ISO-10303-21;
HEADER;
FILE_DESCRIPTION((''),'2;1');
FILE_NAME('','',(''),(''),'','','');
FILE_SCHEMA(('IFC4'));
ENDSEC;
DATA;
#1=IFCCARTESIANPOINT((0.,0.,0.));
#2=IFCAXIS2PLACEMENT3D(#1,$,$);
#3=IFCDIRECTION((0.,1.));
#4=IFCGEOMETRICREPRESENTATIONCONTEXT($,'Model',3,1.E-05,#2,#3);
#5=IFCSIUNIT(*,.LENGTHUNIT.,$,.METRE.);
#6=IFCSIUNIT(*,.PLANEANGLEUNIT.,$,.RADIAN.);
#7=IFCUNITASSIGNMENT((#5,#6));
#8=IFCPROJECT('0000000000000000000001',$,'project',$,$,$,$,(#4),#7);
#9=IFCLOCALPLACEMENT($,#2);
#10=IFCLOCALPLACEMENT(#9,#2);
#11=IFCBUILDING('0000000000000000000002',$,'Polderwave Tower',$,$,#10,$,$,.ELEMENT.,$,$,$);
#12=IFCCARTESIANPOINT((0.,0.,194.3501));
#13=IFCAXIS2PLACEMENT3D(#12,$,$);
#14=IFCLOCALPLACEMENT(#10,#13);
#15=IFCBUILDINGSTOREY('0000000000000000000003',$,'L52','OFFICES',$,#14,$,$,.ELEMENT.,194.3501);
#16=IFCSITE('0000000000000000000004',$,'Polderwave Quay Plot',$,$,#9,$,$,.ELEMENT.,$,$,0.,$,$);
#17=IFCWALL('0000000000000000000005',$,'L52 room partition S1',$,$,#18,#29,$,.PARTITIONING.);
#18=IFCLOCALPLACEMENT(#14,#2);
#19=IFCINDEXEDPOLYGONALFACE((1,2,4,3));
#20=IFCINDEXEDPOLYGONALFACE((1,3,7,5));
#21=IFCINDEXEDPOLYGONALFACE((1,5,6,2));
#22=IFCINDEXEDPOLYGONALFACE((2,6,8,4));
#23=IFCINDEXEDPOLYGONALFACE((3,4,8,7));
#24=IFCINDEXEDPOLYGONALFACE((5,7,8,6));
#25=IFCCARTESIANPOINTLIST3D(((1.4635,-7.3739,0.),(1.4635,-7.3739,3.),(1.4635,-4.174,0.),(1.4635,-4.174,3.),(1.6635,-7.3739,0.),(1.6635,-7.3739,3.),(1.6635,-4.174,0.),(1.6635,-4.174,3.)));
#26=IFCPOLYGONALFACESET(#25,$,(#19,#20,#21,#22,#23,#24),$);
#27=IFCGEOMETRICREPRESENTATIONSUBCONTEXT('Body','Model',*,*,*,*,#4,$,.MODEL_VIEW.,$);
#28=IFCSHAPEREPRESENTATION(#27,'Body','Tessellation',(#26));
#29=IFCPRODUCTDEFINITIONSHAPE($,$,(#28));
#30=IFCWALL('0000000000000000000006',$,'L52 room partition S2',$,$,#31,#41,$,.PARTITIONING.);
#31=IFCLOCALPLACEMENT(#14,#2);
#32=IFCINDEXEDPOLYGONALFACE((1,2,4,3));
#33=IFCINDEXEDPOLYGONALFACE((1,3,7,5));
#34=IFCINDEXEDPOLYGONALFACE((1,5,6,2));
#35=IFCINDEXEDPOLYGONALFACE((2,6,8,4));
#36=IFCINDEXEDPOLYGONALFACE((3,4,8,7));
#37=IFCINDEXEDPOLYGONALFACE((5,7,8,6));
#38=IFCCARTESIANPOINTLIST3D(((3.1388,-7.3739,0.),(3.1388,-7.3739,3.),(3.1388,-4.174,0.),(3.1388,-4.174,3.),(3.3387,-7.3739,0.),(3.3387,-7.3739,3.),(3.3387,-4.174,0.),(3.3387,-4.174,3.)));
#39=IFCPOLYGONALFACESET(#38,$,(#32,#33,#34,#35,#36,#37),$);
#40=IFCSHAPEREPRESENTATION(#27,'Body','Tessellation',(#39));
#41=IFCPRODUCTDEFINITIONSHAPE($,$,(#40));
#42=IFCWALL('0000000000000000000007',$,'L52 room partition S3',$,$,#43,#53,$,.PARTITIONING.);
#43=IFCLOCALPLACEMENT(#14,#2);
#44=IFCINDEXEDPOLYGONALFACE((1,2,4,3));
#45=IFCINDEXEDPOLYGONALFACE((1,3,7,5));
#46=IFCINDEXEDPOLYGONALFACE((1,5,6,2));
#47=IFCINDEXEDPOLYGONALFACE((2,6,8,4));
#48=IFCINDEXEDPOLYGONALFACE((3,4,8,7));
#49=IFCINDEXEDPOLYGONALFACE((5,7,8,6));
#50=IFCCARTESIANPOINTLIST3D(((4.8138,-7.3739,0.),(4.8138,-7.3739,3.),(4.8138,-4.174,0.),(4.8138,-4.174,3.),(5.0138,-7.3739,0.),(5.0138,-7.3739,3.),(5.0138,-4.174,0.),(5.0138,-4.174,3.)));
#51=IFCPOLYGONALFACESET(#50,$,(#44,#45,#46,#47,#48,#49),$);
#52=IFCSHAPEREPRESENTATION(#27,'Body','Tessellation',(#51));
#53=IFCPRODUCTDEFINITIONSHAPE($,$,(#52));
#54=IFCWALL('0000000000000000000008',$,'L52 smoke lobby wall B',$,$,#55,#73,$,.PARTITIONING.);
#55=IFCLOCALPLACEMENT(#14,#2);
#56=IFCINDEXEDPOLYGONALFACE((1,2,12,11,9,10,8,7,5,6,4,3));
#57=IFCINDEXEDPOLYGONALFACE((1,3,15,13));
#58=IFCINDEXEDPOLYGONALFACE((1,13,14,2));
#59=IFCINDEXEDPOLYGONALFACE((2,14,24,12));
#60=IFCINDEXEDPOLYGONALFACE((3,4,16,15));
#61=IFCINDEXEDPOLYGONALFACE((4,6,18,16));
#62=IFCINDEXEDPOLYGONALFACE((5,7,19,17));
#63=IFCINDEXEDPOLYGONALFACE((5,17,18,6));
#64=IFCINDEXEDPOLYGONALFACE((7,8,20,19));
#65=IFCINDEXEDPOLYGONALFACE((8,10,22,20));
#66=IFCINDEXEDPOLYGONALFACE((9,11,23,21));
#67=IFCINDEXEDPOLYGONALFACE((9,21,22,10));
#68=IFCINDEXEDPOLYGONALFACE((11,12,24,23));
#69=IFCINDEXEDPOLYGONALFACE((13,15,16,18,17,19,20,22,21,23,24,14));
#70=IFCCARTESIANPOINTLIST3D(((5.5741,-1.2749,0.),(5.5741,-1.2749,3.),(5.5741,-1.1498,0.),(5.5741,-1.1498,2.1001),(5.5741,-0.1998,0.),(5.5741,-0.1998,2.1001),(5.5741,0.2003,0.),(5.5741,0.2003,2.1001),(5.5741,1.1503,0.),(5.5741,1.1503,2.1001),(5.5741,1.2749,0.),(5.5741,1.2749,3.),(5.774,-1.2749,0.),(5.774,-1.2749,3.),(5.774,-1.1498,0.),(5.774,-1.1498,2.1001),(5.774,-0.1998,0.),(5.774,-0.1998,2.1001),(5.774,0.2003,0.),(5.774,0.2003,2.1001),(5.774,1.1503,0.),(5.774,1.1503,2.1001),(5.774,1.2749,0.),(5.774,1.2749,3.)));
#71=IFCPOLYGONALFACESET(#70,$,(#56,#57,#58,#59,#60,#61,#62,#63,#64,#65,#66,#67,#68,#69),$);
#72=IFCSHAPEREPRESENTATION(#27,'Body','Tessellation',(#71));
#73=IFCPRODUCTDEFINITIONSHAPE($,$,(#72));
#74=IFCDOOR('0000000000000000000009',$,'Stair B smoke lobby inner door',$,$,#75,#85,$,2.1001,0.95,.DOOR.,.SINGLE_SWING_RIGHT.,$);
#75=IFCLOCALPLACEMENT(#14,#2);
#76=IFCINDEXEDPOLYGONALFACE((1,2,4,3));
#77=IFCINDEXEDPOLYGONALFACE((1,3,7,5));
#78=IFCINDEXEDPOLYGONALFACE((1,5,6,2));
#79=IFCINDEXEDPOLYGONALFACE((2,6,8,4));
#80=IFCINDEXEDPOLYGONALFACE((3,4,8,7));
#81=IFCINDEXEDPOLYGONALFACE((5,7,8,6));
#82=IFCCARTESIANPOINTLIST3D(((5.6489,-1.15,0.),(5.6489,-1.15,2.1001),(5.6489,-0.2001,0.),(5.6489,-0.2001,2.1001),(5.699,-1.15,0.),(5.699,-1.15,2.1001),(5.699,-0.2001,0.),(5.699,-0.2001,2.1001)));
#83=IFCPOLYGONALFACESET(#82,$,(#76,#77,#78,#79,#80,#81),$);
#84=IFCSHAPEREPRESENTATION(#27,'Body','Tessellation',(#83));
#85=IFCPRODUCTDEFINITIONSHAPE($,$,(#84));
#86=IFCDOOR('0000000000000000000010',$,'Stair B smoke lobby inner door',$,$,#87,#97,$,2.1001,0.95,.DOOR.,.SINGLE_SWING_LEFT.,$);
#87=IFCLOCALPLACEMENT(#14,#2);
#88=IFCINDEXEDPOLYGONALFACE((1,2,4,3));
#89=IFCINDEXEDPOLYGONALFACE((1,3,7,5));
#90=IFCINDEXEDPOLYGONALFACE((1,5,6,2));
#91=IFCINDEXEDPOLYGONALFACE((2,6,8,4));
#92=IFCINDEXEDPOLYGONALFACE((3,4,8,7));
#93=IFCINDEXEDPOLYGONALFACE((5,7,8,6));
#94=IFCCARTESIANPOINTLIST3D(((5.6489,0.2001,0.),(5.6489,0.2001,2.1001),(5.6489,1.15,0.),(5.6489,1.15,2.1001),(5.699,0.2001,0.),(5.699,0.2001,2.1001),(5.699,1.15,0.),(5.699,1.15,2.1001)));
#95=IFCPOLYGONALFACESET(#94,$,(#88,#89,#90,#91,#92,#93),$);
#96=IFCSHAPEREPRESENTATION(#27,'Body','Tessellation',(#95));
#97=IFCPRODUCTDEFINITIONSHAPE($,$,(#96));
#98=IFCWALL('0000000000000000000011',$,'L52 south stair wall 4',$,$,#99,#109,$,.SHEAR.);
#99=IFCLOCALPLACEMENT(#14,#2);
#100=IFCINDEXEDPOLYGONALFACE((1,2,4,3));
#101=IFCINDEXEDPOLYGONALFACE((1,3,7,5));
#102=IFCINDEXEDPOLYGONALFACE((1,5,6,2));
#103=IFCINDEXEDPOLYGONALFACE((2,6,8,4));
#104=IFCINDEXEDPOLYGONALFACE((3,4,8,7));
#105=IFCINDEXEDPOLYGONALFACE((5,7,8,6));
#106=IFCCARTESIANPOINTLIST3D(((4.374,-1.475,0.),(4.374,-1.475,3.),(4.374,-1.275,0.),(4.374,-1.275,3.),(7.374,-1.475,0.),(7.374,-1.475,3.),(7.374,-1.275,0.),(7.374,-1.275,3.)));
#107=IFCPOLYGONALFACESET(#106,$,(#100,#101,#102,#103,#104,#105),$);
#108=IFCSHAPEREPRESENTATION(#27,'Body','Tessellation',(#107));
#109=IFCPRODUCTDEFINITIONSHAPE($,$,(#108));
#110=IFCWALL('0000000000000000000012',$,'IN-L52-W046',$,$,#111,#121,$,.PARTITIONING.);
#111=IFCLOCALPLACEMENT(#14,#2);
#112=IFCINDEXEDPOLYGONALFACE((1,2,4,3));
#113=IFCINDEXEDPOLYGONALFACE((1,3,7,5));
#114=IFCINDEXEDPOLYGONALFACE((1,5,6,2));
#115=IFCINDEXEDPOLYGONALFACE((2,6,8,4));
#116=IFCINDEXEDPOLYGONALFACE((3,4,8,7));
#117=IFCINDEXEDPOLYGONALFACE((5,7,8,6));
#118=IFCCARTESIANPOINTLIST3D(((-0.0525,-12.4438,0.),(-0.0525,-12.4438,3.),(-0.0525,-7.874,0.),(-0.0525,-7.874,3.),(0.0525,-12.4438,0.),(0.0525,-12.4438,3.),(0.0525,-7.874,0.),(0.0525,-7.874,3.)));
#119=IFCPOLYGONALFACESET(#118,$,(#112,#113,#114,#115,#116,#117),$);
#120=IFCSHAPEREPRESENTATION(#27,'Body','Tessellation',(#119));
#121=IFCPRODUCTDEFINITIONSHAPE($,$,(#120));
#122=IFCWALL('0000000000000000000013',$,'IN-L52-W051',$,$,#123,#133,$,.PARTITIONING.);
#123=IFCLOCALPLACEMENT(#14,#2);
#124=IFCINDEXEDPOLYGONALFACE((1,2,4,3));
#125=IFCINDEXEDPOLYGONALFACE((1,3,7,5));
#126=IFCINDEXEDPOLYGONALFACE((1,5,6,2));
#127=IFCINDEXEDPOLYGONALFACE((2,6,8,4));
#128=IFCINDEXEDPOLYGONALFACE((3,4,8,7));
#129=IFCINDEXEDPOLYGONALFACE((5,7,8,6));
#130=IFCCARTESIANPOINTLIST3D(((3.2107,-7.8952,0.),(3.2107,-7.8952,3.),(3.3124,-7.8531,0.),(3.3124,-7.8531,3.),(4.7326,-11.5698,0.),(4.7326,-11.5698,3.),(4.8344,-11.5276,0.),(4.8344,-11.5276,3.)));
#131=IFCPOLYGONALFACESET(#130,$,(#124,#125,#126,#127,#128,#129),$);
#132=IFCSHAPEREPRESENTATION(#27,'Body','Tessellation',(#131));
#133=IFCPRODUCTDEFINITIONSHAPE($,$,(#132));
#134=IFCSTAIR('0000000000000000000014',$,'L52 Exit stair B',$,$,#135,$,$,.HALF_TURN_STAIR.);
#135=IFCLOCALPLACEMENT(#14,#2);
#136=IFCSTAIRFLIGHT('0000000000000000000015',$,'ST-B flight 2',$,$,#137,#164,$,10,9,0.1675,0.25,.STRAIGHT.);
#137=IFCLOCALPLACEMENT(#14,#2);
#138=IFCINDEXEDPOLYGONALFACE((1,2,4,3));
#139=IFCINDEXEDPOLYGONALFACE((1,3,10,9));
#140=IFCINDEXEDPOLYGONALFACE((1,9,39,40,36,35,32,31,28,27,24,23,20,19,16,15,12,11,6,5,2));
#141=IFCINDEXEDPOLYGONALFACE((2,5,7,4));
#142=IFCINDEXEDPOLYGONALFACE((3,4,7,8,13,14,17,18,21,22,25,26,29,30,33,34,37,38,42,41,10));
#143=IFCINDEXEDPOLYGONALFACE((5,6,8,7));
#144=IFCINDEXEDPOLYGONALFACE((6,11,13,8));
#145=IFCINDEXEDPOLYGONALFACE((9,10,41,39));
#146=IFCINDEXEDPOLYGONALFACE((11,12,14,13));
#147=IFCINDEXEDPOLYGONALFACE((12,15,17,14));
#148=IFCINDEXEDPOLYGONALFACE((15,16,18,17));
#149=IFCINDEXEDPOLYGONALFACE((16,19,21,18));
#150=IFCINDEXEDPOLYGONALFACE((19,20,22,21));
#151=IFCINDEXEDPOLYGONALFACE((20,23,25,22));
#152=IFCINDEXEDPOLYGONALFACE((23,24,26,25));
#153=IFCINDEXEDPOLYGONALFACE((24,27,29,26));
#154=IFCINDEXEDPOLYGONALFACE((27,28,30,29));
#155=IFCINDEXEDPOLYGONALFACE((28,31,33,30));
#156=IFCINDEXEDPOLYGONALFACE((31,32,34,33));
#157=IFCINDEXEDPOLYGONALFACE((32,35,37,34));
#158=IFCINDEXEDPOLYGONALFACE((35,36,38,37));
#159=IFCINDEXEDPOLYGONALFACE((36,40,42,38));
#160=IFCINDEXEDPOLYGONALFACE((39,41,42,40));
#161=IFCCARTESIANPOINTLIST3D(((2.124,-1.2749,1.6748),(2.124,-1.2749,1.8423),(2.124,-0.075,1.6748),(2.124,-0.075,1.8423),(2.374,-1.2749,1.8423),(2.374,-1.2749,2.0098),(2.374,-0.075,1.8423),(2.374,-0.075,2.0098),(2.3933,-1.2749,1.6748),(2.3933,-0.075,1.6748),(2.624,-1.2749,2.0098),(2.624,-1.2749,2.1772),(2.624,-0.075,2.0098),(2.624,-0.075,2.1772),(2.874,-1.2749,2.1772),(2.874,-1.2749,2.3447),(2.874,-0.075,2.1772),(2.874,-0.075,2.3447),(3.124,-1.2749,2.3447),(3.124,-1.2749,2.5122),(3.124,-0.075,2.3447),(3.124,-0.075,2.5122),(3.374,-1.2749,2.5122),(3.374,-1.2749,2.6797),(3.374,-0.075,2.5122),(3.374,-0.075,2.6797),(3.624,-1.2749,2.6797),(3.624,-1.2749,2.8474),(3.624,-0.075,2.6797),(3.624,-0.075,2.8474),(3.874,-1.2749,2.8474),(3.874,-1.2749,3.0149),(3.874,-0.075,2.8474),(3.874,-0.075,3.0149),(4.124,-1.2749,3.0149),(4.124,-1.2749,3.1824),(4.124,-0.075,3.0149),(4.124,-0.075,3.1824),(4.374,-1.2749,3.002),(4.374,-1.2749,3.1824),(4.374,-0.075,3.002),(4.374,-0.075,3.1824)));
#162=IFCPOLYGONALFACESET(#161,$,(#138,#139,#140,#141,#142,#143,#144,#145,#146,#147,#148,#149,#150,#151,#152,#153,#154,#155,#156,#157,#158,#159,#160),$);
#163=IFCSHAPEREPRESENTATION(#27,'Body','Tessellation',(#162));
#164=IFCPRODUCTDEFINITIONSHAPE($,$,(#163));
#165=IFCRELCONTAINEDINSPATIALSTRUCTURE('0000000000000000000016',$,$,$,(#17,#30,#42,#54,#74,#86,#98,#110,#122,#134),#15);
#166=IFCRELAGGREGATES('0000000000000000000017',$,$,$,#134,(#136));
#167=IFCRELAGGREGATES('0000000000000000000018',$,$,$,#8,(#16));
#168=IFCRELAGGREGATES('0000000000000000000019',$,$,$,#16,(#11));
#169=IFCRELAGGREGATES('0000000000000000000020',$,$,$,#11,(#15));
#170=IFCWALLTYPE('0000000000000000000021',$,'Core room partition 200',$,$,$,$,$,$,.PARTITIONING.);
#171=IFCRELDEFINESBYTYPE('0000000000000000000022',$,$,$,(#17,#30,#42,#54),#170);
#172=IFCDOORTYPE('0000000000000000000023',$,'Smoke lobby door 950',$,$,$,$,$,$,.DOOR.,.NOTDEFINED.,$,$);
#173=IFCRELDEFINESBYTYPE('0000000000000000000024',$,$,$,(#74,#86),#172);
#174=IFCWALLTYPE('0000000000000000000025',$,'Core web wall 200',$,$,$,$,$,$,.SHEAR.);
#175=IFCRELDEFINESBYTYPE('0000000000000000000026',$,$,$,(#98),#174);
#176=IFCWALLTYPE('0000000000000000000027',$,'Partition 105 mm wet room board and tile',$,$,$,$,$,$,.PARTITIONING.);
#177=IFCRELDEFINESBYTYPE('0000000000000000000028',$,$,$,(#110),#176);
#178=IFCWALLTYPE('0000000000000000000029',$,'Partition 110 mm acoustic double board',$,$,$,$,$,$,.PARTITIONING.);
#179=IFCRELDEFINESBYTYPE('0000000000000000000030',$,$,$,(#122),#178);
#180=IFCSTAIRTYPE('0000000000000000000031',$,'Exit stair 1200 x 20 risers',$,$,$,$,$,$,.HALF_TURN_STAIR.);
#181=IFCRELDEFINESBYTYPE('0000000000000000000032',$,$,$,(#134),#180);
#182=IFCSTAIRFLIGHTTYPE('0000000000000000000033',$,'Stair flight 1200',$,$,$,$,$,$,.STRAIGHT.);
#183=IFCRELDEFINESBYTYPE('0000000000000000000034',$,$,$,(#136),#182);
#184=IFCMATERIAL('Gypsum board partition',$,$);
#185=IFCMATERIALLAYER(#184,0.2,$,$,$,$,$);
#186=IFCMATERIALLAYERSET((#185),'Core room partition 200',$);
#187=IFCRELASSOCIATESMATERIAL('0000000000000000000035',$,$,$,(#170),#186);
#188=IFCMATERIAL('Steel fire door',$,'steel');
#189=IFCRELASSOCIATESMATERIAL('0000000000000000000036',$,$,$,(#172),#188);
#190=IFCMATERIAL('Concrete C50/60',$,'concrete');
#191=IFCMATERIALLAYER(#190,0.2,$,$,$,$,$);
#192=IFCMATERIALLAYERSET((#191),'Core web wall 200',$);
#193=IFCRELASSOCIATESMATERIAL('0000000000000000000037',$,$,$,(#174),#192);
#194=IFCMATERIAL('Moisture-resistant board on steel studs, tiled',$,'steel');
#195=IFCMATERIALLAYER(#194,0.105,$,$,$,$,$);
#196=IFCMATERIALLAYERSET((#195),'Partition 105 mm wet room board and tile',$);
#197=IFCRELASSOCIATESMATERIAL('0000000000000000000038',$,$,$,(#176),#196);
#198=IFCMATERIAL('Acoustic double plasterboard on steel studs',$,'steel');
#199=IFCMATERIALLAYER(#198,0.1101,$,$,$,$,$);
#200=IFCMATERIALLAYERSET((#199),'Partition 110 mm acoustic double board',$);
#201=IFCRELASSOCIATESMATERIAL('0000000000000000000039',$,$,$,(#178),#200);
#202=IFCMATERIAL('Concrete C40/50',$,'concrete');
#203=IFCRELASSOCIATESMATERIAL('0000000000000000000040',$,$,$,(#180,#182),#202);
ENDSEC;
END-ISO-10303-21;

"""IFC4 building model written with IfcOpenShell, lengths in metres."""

from ifc_helpers import new_model, si_unit, direction, frame, frame_2d, origin, place, context, subcontext, project, spatial, polyline, rectangle, outline, extrude, material, layer, layer_set, type_object, element, fill, aggregate, save


model = new_model("IFC4")

# Units and contexts
model_context = context("Model", 3, precision=1e-05, world=origin(), true_north=direction((0.0, 1.0)))
body_context = subcontext(model_context, "Body", "Model", "MODEL_VIEW")
ifc_project = project(units=[si_unit("LENGTHUNIT", "METRE"), si_unit("PLANEANGLEUNIT", "RADIAN")], contexts=[model_context])

# Site, building, storey
site_placement = place(None, origin())
site = spatial("IfcSite", under=ifc_project, at=site_placement, Name="Polderwave Quay Plot", CompositionType="ELEMENT", RefElevation=0.0)
building_placement = place(site_placement, origin())
building = spatial("IfcBuilding", under=site, at=building_placement, Name="Polderwave Tower", CompositionType="ELEMENT")
storey_placement = place(building_placement, frame((0.0, 0.0, 194.3501)))
storey = spatial("IfcBuildingStorey", under=building, at=storey_placement, Name="L52", Description="OFFICES", CompositionType="ELEMENT", Elevation=194.3501)

# Walls
ifc_material_1 = material(Name="Gypsum board partition")
ifc_layer_1 = layer(ifc_material_1, 0.2)
ifc_layer_set_1 = layer_set([ifc_layer_1], Name="Core room partition 200")
wall_type_1 = type_object("IfcWallType", Name="Core room partition 200", PredefinedType="PARTITIONING", material=ifc_layer_set_1)
for number, where, z_axis, x_axis, name in (
    (1, (1.5635, -7.374, 0.0), (0.0, 0.0, 1.0), (0.0, 1.0, 0.0), "L52 room partition S1"),
    (2, (3.2388, -7.374, 0.0), (0.0, 0.0, 1.0), (0.0, 1.0, 0.0), "L52 room partition S2"),
    (3, (4.9138, -7.374, 0.0), (0.0, 0.0, 1.0), (0.0, 1.0, 0.0), "L52 room partition S3"),
):
    element("IfcWall", number, at=place(storey_placement, frame(where, z_axis=z_axis, x_axis=x_axis)), inside=storey, type_object=wall_type_1, Name=name, PredefinedType="PARTITIONING", context=body_context, shape_type="SweptSolid", body=[
        extrude(rectangle(XDim=3.2, YDim=0.2, at=frame_2d((1.6001, 0.0))), origin(), (0.0, 0.0, 1.0), 3.0),
    ])

# Wall, openings, doors
wall_1_placement = place(storey_placement, frame((5.6741, -1.2749, 0.0), z_axis=(0.0, 0.0, 1.0), x_axis=(0.0, 1.0, 0.0)))
wall_1 = element("IfcWall", 4, at=wall_1_placement, inside=storey, type_object=wall_type_1, Name="L52 smoke lobby wall B", PredefinedType="PARTITIONING", context=body_context, shape_type="SweptSolid", body=[
    extrude(rectangle(XDim=2.5498, YDim=0.2, at=frame_2d((1.2749, 0.0))), origin(), (0.0, 0.0, 1.0), 3.0),
])
opening_1_placement = place(wall_1_placement, frame((0.125, 0.0, 0.0)))
opening_1 = element("IfcOpeningElement", 5, at=opening_1_placement, cuts=wall_1, PredefinedType="OPENING", context=body_context, shape_type="SweptSolid", body=[
    extrude(rectangle(XDim=0.95, YDim=2.1001, at=frame_2d((0.4751, 1.05))), frame((0.0, 0.1099, 0.0), z_axis=(0.0, -1.0, 0.0), x_axis=(1.0, 0.0, 0.0)), (0.0, 0.0, 1.0), 0.22),
])
opening_2_placement = place(wall_1_placement, frame((1.4751, 0.0, 0.0)))
opening_2 = element("IfcOpeningElement", 6, at=opening_2_placement, cuts=wall_1, PredefinedType="OPENING", context=body_context, shape_type="SweptSolid", body=[
    extrude(rectangle(XDim=0.95, YDim=2.1001, at=frame_2d((0.4751, 1.05))), frame((0.0, 0.1099, 0.0), z_axis=(0.0, -1.0, 0.0), x_axis=(1.0, 0.0, 0.0)), (0.0, 0.0, 1.0), 0.22),
])
ifc_material_2 = material(Name="Steel fire door", Category="steel")
door_type = type_object("IfcDoorType", Name="Smoke lobby door 950", OperationType="NOTDEFINED", PredefinedType="DOOR", material=ifc_material_2)
door_1_placement = place(opening_1_placement, frame((0.95, 0.0, 0.0), z_axis=(0.0, 0.0, 1.0), x_axis=(-1.0, 0.0, 0.0)))
door_1 = element("IfcDoor", 7, at=door_1_placement, inside=storey, type_object=door_type, Name="Stair B smoke lobby inner door", OperationType="SINGLE_SWING_RIGHT", OverallHeight=2.1001, OverallWidth=0.95, PredefinedType="DOOR", context=body_context, shape_type="SweptSolid", body=[
    extrude(rectangle(XDim=0.95, YDim=2.1001, at=frame_2d((0.4751, 1.05))), frame((0.0, 0.0249, 0.0), z_axis=(0.0, -1.0, 0.0), x_axis=(1.0, 0.0, 0.0)), (0.0, 0.0, 1.0), 0.05),
])
fill(opening_1, door_1)
door_2_placement = place(opening_2_placement, frame((0.95, 0.0, 0.0), z_axis=(0.0, 0.0, 1.0), x_axis=(-1.0, 0.0, 0.0)))
door_2 = element("IfcDoor", 8, at=door_2_placement, inside=storey, type_object=door_type, Name="Stair B smoke lobby inner door", OperationType="SINGLE_SWING_LEFT", OverallHeight=2.1001, OverallWidth=0.95, PredefinedType="DOOR", context=body_context, shape_type="SweptSolid", body=[
    extrude(rectangle(XDim=0.95, YDim=2.1001, at=frame_2d((0.4751, 1.05))), frame((0.0, 0.0249, 0.0), z_axis=(0.0, -1.0, 0.0), x_axis=(1.0, 0.0, 0.0)), (0.0, 0.0, 1.0), 0.05),
])
fill(opening_2, door_2)

# Walls
ifc_material_3 = material(Name="Concrete C50/60", Category="concrete")
ifc_layer_2 = layer(ifc_material_3, 0.2)
ifc_layer_set_2 = layer_set([ifc_layer_2], Name="Core web wall 200")
wall_type_2 = type_object("IfcWallType", Name="Core web wall 200", PredefinedType="SHEAR", material=ifc_layer_set_2)
wall_2_placement = place(storey_placement, frame((4.374, -1.375, 0.0), z_axis=(0.0, 0.0, 1.0), x_axis=(1.0, 0.0, 0.0)))
element("IfcWall", 9, at=wall_2_placement, inside=storey, type_object=wall_type_2, Name="L52 south stair wall 4", PredefinedType="SHEAR", context=body_context, shape_type="SweptSolid", body=[
    extrude(rectangle(XDim=3.0, YDim=0.2, at=frame_2d((1.5, 0.0))), origin(), (0.0, 0.0, 1.0), 3.0),
])
ifc_material_4 = material(Name="Moisture-resistant board on steel studs, tiled", Category="steel")
ifc_layer_3 = layer(ifc_material_4, 0.105)
ifc_layer_set_3 = layer_set([ifc_layer_3], Name="Partition 105 mm wet room board and tile")
wall_type_3 = type_object("IfcWallType", Name="Partition 105 mm wet room board and tile", PredefinedType="PARTITIONING", material=ifc_layer_set_3)
wall_3_placement = place(storey_placement, frame((0.0, -7.874, 0.0), z_axis=(0.0, 0.0, 1.0), x_axis=(0.0, -1.0, 0.0)))
element("IfcWall", 10, at=wall_3_placement, inside=storey, type_object=wall_type_3, Name="IN-L52-W046", PredefinedType="PARTITIONING", context=body_context, shape_type="SweptSolid", body=[
    extrude(rectangle(XDim=4.5698, YDim=0.105, at=frame_2d((2.2849, 0.0))), origin(), (0.0, 0.0, 1.0), 3.0),
])
ifc_material_5 = material(Name="Acoustic double plasterboard on steel studs", Category="steel")
ifc_layer_4 = layer(ifc_material_5, 0.1101)
ifc_layer_set_4 = layer_set([ifc_layer_4], Name="Partition 110 mm acoustic double board")
wall_type_4 = type_object("IfcWallType", Name="Partition 110 mm acoustic double board", PredefinedType="PARTITIONING", material=ifc_layer_set_4)
wall_4_placement = place(storey_placement, frame((3.2615, -7.874, 0.0), z_axis=(0.0, 0.0, 1.0), x_axis=(0.382666, -0.923887, 0.0)))
element("IfcWall", 11, at=wall_4_placement, inside=storey, type_object=wall_type_4, Name="IN-L52-W051", PredefinedType="PARTITIONING", context=body_context, shape_type="SweptSolid", body=[
    extrude(rectangle(XDim=3.9773, YDim=0.1101, at=frame_2d((1.9888, 0.0))), origin(), (0.0, 0.0, 1.0), 3.0),
])

# Stair, stair flight
ifc_material_6 = material(Name="Concrete C40/50", Category="concrete")
stair_type = type_object("IfcStairType", Name="Exit stair 1200 x 20 risers", PredefinedType="HALF_TURN_STAIR", material=ifc_material_6)
stair_placement = place(storey_placement, origin())
stair = element("IfcStair", 12, at=stair_placement, inside=storey, type_object=stair_type, Name="L52 Exit stair B", PredefinedType="HALF_TURN_STAIR")
stair_flight_type = type_object("IfcStairFlightType", Name="Stair flight 1200", PredefinedType="STRAIGHT", material=ifc_material_6)
stair_flight_placement = place(storey_placement, frame((2.124, -0.675, 1.6748), z_axis=(0.0, 0.0, 1.0), x_axis=(1.0, 0.0, 0.0)))
stair_flight = element("IfcStairFlight", 13, at=stair_flight_placement, type_object=stair_flight_type, Name="ST-B flight 2", NumberOfRisers=10, NumberOfTreads=9, PredefinedType="STRAIGHT", RiserHeight=0.1675, TreadLength=0.25, context=body_context, shape_type="SweptSolid", body=[
    extrude(outline(polyline([(0.0, 0.0), (0.0, 0.1675), (0.25, 0.1675), (0.25, 0.335), (0.5, 0.335), (0.5, 0.5024), (0.75, 0.5024), (0.75, 0.6699), (1.0, 0.6699), (1.0, 0.8374), (1.25, 0.8374), (1.25, 1.0049), (1.5, 1.0049), (1.5, 1.1726), (1.75, 1.1726), (1.75, 1.3401), (2.0, 1.3401), (2.0, 1.5076), (2.25, 1.5076), (2.25, 1.675), (2.25, 1.3271), (0.2693, 0.0), (0.0, 0.0)])), frame((0.0, 0.6001, 0.0), z_axis=(0.0, -1.0, 0.0), x_axis=(1.0, 0.0, 0.0)), (0.0, 0.0, 1.0), 1.2),
])
aggregate(stair, [stair_flight])

save(model, "model.ifc")
